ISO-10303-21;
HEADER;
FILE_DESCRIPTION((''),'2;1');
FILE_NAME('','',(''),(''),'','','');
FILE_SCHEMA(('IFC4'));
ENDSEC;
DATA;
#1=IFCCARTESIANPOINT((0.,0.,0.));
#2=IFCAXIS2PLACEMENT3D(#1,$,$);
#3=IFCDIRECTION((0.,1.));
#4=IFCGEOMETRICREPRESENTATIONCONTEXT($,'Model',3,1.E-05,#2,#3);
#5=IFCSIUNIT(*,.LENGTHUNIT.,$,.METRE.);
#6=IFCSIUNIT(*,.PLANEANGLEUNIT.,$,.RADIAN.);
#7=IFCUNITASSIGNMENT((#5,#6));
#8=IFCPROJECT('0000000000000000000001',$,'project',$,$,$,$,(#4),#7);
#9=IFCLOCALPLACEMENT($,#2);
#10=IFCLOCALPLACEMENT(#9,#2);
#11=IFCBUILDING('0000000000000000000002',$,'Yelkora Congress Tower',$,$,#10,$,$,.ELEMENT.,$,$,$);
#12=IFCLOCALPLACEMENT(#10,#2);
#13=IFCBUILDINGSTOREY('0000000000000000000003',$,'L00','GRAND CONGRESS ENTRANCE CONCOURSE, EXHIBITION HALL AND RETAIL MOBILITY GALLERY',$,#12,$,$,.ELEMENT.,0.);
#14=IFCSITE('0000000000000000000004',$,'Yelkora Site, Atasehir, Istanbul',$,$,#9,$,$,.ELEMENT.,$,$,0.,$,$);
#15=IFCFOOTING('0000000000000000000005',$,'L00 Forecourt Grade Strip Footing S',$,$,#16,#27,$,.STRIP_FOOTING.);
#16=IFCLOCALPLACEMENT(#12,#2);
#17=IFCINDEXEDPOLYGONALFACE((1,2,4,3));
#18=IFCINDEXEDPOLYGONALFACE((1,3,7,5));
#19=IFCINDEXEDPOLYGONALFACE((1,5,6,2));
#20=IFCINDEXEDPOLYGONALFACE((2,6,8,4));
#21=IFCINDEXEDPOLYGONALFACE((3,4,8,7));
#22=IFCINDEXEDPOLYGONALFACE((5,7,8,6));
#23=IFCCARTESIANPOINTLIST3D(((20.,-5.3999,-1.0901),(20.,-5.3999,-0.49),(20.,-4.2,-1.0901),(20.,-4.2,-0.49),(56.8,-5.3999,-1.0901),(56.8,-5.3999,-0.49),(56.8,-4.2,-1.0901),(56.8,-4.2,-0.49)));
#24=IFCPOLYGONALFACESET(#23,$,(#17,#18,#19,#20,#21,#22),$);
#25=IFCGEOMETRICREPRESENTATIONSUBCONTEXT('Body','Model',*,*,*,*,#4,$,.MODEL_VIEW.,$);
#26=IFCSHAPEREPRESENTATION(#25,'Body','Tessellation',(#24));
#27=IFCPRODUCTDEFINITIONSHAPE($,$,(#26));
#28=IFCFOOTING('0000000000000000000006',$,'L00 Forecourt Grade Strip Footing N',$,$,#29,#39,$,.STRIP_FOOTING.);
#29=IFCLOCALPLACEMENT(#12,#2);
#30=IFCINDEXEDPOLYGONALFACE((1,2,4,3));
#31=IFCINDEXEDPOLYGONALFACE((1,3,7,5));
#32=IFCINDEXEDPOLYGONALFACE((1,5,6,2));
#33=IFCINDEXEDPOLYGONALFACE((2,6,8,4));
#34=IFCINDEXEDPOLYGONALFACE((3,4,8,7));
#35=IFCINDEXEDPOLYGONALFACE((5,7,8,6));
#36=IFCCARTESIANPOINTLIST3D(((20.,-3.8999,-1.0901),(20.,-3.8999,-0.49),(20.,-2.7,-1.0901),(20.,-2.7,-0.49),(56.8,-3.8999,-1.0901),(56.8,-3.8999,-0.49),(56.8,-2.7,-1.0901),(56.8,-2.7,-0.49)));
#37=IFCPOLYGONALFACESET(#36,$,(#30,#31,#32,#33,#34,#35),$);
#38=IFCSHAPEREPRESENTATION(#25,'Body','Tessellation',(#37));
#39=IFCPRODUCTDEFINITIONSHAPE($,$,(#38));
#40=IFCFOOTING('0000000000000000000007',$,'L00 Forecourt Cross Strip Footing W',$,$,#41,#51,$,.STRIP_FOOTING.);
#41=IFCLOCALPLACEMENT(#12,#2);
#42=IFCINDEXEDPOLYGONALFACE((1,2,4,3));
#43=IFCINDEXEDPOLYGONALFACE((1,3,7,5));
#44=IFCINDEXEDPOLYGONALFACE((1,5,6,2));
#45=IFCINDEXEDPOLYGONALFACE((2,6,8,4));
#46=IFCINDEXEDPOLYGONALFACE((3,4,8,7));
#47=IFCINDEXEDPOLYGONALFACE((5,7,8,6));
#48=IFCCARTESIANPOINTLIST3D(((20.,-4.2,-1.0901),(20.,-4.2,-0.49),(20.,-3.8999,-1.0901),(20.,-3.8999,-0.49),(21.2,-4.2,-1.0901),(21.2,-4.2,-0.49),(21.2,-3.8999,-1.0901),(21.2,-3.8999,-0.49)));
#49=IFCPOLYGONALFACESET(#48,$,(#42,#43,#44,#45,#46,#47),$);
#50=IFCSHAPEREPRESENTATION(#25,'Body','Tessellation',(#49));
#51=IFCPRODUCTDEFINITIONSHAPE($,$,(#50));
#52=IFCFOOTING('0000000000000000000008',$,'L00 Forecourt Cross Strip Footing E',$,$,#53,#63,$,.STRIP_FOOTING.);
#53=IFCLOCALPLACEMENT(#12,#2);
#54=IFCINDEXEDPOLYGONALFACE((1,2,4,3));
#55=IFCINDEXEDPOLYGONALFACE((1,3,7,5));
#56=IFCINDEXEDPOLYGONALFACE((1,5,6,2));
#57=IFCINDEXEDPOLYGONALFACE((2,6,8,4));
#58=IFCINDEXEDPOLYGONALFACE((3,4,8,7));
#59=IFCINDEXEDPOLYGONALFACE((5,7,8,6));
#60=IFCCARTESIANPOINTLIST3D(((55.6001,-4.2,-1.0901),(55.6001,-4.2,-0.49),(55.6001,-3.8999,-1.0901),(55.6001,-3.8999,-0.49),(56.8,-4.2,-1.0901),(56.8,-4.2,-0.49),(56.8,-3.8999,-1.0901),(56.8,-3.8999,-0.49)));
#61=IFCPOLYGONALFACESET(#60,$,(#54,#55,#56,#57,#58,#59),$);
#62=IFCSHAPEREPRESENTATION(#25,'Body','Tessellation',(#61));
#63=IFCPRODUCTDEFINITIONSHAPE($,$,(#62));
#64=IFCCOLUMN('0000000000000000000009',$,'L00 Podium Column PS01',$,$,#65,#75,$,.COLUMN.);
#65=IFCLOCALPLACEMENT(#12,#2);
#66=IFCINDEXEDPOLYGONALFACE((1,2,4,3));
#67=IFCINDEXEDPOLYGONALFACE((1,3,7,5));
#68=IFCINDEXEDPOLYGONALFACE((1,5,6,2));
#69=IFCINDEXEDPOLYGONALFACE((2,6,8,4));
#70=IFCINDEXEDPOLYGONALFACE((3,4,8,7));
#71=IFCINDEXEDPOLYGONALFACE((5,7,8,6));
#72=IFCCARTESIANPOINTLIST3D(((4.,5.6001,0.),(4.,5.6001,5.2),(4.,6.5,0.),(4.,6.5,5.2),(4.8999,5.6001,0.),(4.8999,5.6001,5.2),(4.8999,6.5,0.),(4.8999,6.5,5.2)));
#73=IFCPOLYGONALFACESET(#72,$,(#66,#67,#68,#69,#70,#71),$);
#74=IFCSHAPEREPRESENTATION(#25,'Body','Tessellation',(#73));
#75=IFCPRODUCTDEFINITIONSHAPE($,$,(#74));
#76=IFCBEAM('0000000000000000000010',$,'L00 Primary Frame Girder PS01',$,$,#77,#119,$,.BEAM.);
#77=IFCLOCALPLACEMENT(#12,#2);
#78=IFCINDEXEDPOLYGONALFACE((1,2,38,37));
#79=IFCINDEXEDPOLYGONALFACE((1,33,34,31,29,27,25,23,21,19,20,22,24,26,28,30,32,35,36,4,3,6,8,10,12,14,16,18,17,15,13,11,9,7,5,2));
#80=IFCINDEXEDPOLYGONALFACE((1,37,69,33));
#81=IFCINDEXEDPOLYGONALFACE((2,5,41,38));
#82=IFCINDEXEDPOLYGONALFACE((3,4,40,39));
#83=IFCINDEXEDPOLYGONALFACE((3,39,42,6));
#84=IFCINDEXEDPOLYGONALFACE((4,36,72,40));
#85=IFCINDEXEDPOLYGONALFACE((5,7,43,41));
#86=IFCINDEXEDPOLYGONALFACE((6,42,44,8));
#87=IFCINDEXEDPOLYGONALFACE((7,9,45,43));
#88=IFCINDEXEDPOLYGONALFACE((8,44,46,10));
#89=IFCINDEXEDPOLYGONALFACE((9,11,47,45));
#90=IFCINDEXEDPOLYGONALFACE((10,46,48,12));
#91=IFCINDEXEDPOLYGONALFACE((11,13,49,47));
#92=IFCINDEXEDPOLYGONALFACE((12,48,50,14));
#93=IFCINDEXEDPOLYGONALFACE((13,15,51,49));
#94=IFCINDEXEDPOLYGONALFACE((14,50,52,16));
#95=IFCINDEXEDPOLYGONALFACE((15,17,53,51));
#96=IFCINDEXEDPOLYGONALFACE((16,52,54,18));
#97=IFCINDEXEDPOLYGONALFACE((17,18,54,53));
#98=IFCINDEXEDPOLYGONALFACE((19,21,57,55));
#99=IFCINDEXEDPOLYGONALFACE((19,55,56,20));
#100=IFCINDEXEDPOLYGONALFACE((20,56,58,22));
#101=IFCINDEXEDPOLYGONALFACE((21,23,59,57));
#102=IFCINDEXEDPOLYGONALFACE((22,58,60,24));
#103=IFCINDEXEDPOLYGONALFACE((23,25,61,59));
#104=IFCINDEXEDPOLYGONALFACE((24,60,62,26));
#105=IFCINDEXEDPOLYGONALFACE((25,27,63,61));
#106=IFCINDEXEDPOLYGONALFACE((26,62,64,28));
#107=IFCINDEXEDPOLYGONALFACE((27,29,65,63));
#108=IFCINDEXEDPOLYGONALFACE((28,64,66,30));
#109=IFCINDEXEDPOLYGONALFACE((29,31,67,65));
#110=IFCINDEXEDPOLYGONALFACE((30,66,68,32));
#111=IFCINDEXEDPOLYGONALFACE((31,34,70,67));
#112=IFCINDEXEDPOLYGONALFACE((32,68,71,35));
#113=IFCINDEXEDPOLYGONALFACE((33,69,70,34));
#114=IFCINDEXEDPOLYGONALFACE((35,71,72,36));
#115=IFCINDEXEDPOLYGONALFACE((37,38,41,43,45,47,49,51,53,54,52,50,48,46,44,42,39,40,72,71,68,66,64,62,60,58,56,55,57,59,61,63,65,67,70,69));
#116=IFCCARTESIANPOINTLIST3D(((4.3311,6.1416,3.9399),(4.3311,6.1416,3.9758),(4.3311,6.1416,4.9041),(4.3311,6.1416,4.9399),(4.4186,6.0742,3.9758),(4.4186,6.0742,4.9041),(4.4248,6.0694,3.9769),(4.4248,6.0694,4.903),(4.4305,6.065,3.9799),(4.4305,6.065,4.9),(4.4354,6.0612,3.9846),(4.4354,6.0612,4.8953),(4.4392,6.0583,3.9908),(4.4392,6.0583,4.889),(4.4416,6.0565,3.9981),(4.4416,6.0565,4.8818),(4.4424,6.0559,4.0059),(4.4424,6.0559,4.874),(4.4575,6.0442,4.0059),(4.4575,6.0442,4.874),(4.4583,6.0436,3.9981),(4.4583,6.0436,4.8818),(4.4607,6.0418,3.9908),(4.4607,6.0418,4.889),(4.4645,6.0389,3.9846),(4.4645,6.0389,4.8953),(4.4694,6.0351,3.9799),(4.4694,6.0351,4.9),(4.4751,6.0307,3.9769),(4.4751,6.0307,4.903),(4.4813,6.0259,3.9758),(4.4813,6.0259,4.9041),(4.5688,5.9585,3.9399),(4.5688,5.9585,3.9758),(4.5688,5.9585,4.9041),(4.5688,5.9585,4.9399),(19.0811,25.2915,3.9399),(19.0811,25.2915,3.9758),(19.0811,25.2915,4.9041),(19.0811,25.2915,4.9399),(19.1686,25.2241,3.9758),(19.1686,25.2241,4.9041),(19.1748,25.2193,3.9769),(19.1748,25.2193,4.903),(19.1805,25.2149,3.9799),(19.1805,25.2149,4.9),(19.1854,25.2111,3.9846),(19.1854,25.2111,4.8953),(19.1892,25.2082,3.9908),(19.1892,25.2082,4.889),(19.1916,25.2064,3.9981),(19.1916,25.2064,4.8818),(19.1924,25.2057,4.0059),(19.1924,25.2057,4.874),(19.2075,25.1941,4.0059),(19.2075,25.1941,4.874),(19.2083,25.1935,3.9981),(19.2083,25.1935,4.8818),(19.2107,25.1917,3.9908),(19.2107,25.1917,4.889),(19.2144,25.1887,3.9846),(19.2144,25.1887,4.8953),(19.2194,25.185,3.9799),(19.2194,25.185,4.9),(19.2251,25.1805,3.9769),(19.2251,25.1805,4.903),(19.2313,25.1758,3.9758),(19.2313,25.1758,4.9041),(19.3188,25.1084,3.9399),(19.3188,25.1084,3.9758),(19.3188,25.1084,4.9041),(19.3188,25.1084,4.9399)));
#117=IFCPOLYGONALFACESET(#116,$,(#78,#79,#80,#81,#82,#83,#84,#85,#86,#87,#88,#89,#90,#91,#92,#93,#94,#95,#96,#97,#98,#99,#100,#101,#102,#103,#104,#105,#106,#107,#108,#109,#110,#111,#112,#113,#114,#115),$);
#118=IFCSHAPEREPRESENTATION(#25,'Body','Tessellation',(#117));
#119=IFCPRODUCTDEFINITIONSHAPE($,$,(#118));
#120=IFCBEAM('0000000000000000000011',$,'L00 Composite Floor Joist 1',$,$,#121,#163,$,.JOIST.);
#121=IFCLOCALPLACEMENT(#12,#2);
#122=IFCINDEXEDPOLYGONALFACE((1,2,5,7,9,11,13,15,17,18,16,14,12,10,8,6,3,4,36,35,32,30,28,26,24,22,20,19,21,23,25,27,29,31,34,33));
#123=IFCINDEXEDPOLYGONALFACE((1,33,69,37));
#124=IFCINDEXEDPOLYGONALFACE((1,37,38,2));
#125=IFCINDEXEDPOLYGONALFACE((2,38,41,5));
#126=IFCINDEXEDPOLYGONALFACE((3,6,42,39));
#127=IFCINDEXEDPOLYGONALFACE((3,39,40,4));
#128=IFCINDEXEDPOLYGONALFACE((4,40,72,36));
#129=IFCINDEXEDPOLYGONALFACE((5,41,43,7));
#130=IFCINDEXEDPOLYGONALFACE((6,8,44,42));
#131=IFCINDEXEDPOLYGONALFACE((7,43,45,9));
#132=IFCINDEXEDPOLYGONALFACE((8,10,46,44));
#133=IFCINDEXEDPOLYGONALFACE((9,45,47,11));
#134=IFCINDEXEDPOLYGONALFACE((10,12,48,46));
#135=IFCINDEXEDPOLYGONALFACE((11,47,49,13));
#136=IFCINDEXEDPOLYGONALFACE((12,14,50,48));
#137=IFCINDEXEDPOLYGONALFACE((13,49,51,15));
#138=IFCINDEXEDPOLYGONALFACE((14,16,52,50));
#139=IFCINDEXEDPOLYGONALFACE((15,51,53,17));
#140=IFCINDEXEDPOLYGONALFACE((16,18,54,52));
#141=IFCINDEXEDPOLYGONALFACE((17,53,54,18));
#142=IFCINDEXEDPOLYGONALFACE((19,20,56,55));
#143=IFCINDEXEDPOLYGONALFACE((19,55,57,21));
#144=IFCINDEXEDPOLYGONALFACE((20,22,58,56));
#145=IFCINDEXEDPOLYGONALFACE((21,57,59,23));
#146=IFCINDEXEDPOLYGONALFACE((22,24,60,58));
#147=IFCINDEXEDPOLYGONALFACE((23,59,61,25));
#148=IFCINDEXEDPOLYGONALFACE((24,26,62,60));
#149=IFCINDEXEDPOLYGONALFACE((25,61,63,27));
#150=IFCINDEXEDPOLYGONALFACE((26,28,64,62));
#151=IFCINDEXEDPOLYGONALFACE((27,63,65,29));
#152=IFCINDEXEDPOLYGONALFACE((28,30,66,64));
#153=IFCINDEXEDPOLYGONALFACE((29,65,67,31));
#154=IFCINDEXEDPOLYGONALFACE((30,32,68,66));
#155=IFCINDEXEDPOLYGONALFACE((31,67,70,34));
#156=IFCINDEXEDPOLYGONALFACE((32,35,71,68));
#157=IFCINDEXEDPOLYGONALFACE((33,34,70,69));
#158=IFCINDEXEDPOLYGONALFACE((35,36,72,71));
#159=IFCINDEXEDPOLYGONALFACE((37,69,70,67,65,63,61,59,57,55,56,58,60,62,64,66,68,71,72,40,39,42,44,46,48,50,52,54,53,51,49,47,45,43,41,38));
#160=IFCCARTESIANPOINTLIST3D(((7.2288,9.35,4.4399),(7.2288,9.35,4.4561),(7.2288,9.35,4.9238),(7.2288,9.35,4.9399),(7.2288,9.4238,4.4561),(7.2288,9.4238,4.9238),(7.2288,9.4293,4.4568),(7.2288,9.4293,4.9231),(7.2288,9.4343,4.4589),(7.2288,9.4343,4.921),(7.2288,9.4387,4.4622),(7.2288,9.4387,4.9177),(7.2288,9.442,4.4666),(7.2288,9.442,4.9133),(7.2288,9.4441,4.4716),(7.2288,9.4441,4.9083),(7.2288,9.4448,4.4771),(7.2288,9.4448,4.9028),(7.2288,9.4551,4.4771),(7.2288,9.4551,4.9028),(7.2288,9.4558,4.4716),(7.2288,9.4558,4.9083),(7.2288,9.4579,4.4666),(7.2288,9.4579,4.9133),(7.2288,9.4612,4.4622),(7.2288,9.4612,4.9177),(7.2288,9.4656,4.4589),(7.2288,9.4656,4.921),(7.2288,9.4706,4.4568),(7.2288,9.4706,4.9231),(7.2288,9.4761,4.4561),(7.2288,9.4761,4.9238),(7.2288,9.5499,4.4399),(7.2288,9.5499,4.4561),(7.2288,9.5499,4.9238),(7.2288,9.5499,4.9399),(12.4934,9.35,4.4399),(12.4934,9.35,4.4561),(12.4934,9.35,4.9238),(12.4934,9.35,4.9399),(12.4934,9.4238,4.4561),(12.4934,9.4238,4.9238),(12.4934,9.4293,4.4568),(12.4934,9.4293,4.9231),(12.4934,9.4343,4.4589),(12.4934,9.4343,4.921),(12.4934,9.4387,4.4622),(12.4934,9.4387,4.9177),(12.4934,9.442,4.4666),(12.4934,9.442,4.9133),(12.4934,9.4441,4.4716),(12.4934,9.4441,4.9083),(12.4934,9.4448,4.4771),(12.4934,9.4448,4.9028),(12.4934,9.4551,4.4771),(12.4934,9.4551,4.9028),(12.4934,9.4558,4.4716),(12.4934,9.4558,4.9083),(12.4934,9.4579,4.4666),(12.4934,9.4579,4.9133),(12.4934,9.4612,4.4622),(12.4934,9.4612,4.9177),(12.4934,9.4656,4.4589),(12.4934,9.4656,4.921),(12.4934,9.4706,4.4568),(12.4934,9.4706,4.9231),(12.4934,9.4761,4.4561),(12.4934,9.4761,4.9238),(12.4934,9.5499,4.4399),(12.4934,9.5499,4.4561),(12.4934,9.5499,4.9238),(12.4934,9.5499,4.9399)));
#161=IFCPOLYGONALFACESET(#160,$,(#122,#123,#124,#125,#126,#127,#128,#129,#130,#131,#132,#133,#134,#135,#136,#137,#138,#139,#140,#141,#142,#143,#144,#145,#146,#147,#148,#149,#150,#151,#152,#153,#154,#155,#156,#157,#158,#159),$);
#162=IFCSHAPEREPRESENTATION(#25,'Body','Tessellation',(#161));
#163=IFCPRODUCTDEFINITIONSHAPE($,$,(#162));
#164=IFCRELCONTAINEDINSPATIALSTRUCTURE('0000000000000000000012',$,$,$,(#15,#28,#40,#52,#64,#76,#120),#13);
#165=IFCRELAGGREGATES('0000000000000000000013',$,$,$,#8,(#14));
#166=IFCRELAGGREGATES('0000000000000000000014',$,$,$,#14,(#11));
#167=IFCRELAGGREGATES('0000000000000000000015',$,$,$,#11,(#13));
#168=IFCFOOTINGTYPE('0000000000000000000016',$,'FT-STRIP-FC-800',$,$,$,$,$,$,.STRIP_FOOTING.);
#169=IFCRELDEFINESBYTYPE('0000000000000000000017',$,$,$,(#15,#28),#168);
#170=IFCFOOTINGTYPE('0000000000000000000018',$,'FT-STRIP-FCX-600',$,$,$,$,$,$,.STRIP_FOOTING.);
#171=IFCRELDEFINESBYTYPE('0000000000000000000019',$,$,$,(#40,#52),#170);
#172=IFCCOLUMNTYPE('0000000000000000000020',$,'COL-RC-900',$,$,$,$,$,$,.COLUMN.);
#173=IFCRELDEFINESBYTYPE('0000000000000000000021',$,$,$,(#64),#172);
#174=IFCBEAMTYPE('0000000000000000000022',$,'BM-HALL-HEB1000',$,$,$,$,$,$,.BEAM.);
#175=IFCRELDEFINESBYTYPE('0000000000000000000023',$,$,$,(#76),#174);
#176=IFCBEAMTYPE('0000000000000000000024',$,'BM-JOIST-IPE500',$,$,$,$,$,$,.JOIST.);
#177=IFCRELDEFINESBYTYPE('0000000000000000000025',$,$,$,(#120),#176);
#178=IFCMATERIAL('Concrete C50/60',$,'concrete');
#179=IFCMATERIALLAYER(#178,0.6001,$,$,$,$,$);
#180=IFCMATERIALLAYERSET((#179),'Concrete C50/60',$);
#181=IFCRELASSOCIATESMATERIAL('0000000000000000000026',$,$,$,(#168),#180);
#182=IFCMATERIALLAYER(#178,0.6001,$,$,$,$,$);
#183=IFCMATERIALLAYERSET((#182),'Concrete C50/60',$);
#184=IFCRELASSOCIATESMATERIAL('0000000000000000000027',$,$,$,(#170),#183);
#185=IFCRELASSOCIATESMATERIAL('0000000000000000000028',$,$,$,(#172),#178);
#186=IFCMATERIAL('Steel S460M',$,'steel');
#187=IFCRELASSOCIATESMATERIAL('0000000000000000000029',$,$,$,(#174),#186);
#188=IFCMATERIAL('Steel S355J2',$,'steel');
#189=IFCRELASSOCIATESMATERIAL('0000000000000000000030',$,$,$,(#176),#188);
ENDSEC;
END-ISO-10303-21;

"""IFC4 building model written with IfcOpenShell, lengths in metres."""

from ifc_helpers import new_model, si_unit, direction, frame, origin, origin_2d, place, context, subcontext, project, spatial, polyline, rectangle, i_section, outline, extrude, material, layer, layer_set, material_profile, profile_set, type_object, element, save


model = new_model("IFC4")

# Units and contexts
model_context = context("Model", 3, precision=1e-05, world=origin(), true_north=direction((0.0, 1.0)))
body_context = subcontext(model_context, "Body", "Model", "MODEL_VIEW")
ifc_project = project(units=[si_unit("LENGTHUNIT", "METRE"), si_unit("PLANEANGLEUNIT", "RADIAN")], contexts=[model_context])

# Site, building, storey
site_placement = place(None, origin())
site = spatial("IfcSite", under=ifc_project, at=site_placement, Name="Yelkora Site, Atasehir, Istanbul", CompositionType="ELEMENT", RefElevation=0.0)
building_placement = place(site_placement, origin())
building = spatial("IfcBuilding", under=site, at=building_placement, Name="Yelkora Congress Tower", CompositionType="ELEMENT")
storey_placement = place(building_placement, origin())
storey = spatial("IfcBuildingStorey", under=building, at=storey_placement, Name="L00", Description="GRAND CONGRESS ENTRANCE CONCOURSE, EXHIBITION HALL AND RETAIL MOBILITY GALLERY", CompositionType="ELEMENT", Elevation=0.0)

# Footings
ifc_material_1 = material(Name="Concrete C50/60", Category="concrete")
ifc_layer_1 = layer(ifc_material_1, 0.6001)
ifc_layer_set_1 = layer_set([ifc_layer_1], Name="Concrete C50/60")
footing_type_1 = type_object("IfcFootingType", Name="FT-STRIP-FC-800", PredefinedType="STRIP_FOOTING", material=ifc_layer_set_1)
footing_1_placement = place(storey_placement, frame((0.0, 0.0, -1.0901)))
element("IfcFooting", 1, at=footing_1_placement, inside=storey, type_object=footing_type_1, Name="L00 Forecourt Grade Strip Footing S", PredefinedType="STRIP_FOOTING", context=body_context, shape_type="SweptSolid", body=[
    extrude(outline(polyline([(20.0, -5.3999), (56.8, -5.3999), (56.8, -4.2), (20.0, -4.2), (20.0, -5.3999)])), origin(), (0.0, 0.0, 1.0), 0.6001),
])
footing_2_placement = place(storey_placement, frame((0.0, 0.0, -1.0901)))
element("IfcFooting", 2, at=footing_2_placement, inside=storey, type_object=footing_type_1, Name="L00 Forecourt Grade Strip Footing N", PredefinedType="STRIP_FOOTING", context=body_context, shape_type="SweptSolid", body=[
    extrude(outline(polyline([(20.0, -3.8999), (56.8, -3.8999), (56.8, -2.7), (20.0, -2.7), (20.0, -3.8999)])), origin(), (0.0, 0.0, 1.0), 0.6001),
])
ifc_layer_2 = layer(ifc_material_1, 0.6001)
ifc_layer_set_2 = layer_set([ifc_layer_2], Name="Concrete C50/60")
footing_type_2 = type_object("IfcFootingType", Name="FT-STRIP-FCX-600", PredefinedType="STRIP_FOOTING", material=ifc_layer_set_2)
footing_3_placement = place(storey_placement, frame((0.0, 0.0, -1.0901)))
element("IfcFooting", 3, at=footing_3_placement, inside=storey, type_object=footing_type_2, Name="L00 Forecourt Cross Strip Footing W", PredefinedType="STRIP_FOOTING", context=body_context, shape_type="SweptSolid", body=[
    extrude(outline(polyline([(20.0, -4.2), (21.2, -4.2), (21.2, -3.8999), (20.0, -3.8999), (20.0, -4.2)])), origin(), (0.0, 0.0, 1.0), 0.6001),
])
footing_4_placement = place(storey_placement, frame((0.0, 0.0, -1.0901)))
element("IfcFooting", 4, at=footing_4_placement, inside=storey, type_object=footing_type_2, Name="L00 Forecourt Cross Strip Footing E", PredefinedType="STRIP_FOOTING", context=body_context, shape_type="SweptSolid", body=[
    extrude(outline(polyline([(55.6001, -4.2), (56.8, -4.2), (56.8, -3.8999), (55.6001, -3.8999), (55.6001, -4.2)])), origin(), (0.0, 0.0, 1.0), 0.6001),
])

# Column
ifc_material_profile_1 = material_profile(ifc_material_1, rectangle(XDim=0.8999, YDim=0.8999, at=origin_2d()), Name="RC 900x900")
ifc_profile_set_1 = profile_set([ifc_material_profile_1], Name="Concrete C50/60")
column_type = type_object("IfcColumnType", Name="COL-RC-900", PredefinedType="COLUMN", material=ifc_profile_set_1)
column_placement = place(storey_placement, frame((4.45, 6.05, 0.0), z_axis=(0.0, 0.0, 1.0), x_axis=(1.0, 0.0, 0.0)))
element("IfcColumn", 5, at=column_placement, inside=storey, type_object=column_type, Name="L00 Podium Column PS01", PredefinedType="COLUMN", context=body_context, shape_type="SweptSolid", body=[
    extrude(rectangle(XDim=0.8999, YDim=0.8999, at=origin_2d()), origin(), (0.0, 0.0, 1.0), 5.2),
])

# Beams
ifc_material_2 = material(Name="Steel S460M", Category="steel")
ifc_material_profile_2 = material_profile(ifc_material_2, i_section(OverallWidth=0.3, OverallDepth=1.0, WebThickness=0.019, FlangeThickness=0.0359, FilletRadius=0.03, at=origin_2d()), Name="HEB 1000")
ifc_profile_set_2 = profile_set([ifc_material_profile_2], Name="Steel S460M")
beam_type_1 = type_object("IfcBeamType", Name="BM-HALL-HEB1000", PredefinedType="BEAM", material=ifc_profile_set_2)
beam_1_placement = place(storey_placement, frame((4.45, 6.05, 4.4399), z_axis=(0.610212, 0.792238, 0.0), x_axis=(-0.792238, 0.610212, 0.0)))
element("IfcBeam", 6, at=beam_1_placement, inside=storey, type_object=beam_type_1, Name="L00 Primary Frame Girder PS01", PredefinedType="BEAM", context=body_context, shape_type="SweptSolid", body=[
    extrude(i_section(OverallWidth=0.3, OverallDepth=1.0, WebThickness=0.019, FlangeThickness=0.0359, FilletRadius=0.03, at=origin_2d()), origin(), (0.0, 0.0, 1.0), 24.1719),
])
ifc_material_3 = material(Name="Steel S355J2", Category="steel")
ifc_material_profile_3 = material_profile(ifc_material_3, i_section(OverallWidth=0.2, OverallDepth=0.5, WebThickness=0.0103, FlangeThickness=0.0161, FilletRadius=0.021, at=origin_2d()), Name="IPE 500")
ifc_profile_set_3 = profile_set([ifc_material_profile_3], Name="Steel S355J2")
beam_type_2 = type_object("IfcBeamType", Name="BM-JOIST-IPE500", PredefinedType="JOIST", material=ifc_profile_set_3)
beam_2_placement = place(storey_placement, frame((7.2288, 9.45, 4.6899), z_axis=(1.0, 0.0, 0.0), x_axis=(0.0, 1.0, 0.0)))
element("IfcBeam", 7, at=beam_2_placement, inside=storey, type_object=beam_type_2, Name="L00 Composite Floor Joist 1", PredefinedType="JOIST", context=body_context, shape_type="SweptSolid", body=[
    extrude(i_section(OverallWidth=0.2, OverallDepth=0.5, WebThickness=0.0103, FlangeThickness=0.0161, FilletRadius=0.021, at=origin_2d()), origin(), (0.0, 0.0, 1.0), 5.2646),
])

save(model, "model.ifc")
